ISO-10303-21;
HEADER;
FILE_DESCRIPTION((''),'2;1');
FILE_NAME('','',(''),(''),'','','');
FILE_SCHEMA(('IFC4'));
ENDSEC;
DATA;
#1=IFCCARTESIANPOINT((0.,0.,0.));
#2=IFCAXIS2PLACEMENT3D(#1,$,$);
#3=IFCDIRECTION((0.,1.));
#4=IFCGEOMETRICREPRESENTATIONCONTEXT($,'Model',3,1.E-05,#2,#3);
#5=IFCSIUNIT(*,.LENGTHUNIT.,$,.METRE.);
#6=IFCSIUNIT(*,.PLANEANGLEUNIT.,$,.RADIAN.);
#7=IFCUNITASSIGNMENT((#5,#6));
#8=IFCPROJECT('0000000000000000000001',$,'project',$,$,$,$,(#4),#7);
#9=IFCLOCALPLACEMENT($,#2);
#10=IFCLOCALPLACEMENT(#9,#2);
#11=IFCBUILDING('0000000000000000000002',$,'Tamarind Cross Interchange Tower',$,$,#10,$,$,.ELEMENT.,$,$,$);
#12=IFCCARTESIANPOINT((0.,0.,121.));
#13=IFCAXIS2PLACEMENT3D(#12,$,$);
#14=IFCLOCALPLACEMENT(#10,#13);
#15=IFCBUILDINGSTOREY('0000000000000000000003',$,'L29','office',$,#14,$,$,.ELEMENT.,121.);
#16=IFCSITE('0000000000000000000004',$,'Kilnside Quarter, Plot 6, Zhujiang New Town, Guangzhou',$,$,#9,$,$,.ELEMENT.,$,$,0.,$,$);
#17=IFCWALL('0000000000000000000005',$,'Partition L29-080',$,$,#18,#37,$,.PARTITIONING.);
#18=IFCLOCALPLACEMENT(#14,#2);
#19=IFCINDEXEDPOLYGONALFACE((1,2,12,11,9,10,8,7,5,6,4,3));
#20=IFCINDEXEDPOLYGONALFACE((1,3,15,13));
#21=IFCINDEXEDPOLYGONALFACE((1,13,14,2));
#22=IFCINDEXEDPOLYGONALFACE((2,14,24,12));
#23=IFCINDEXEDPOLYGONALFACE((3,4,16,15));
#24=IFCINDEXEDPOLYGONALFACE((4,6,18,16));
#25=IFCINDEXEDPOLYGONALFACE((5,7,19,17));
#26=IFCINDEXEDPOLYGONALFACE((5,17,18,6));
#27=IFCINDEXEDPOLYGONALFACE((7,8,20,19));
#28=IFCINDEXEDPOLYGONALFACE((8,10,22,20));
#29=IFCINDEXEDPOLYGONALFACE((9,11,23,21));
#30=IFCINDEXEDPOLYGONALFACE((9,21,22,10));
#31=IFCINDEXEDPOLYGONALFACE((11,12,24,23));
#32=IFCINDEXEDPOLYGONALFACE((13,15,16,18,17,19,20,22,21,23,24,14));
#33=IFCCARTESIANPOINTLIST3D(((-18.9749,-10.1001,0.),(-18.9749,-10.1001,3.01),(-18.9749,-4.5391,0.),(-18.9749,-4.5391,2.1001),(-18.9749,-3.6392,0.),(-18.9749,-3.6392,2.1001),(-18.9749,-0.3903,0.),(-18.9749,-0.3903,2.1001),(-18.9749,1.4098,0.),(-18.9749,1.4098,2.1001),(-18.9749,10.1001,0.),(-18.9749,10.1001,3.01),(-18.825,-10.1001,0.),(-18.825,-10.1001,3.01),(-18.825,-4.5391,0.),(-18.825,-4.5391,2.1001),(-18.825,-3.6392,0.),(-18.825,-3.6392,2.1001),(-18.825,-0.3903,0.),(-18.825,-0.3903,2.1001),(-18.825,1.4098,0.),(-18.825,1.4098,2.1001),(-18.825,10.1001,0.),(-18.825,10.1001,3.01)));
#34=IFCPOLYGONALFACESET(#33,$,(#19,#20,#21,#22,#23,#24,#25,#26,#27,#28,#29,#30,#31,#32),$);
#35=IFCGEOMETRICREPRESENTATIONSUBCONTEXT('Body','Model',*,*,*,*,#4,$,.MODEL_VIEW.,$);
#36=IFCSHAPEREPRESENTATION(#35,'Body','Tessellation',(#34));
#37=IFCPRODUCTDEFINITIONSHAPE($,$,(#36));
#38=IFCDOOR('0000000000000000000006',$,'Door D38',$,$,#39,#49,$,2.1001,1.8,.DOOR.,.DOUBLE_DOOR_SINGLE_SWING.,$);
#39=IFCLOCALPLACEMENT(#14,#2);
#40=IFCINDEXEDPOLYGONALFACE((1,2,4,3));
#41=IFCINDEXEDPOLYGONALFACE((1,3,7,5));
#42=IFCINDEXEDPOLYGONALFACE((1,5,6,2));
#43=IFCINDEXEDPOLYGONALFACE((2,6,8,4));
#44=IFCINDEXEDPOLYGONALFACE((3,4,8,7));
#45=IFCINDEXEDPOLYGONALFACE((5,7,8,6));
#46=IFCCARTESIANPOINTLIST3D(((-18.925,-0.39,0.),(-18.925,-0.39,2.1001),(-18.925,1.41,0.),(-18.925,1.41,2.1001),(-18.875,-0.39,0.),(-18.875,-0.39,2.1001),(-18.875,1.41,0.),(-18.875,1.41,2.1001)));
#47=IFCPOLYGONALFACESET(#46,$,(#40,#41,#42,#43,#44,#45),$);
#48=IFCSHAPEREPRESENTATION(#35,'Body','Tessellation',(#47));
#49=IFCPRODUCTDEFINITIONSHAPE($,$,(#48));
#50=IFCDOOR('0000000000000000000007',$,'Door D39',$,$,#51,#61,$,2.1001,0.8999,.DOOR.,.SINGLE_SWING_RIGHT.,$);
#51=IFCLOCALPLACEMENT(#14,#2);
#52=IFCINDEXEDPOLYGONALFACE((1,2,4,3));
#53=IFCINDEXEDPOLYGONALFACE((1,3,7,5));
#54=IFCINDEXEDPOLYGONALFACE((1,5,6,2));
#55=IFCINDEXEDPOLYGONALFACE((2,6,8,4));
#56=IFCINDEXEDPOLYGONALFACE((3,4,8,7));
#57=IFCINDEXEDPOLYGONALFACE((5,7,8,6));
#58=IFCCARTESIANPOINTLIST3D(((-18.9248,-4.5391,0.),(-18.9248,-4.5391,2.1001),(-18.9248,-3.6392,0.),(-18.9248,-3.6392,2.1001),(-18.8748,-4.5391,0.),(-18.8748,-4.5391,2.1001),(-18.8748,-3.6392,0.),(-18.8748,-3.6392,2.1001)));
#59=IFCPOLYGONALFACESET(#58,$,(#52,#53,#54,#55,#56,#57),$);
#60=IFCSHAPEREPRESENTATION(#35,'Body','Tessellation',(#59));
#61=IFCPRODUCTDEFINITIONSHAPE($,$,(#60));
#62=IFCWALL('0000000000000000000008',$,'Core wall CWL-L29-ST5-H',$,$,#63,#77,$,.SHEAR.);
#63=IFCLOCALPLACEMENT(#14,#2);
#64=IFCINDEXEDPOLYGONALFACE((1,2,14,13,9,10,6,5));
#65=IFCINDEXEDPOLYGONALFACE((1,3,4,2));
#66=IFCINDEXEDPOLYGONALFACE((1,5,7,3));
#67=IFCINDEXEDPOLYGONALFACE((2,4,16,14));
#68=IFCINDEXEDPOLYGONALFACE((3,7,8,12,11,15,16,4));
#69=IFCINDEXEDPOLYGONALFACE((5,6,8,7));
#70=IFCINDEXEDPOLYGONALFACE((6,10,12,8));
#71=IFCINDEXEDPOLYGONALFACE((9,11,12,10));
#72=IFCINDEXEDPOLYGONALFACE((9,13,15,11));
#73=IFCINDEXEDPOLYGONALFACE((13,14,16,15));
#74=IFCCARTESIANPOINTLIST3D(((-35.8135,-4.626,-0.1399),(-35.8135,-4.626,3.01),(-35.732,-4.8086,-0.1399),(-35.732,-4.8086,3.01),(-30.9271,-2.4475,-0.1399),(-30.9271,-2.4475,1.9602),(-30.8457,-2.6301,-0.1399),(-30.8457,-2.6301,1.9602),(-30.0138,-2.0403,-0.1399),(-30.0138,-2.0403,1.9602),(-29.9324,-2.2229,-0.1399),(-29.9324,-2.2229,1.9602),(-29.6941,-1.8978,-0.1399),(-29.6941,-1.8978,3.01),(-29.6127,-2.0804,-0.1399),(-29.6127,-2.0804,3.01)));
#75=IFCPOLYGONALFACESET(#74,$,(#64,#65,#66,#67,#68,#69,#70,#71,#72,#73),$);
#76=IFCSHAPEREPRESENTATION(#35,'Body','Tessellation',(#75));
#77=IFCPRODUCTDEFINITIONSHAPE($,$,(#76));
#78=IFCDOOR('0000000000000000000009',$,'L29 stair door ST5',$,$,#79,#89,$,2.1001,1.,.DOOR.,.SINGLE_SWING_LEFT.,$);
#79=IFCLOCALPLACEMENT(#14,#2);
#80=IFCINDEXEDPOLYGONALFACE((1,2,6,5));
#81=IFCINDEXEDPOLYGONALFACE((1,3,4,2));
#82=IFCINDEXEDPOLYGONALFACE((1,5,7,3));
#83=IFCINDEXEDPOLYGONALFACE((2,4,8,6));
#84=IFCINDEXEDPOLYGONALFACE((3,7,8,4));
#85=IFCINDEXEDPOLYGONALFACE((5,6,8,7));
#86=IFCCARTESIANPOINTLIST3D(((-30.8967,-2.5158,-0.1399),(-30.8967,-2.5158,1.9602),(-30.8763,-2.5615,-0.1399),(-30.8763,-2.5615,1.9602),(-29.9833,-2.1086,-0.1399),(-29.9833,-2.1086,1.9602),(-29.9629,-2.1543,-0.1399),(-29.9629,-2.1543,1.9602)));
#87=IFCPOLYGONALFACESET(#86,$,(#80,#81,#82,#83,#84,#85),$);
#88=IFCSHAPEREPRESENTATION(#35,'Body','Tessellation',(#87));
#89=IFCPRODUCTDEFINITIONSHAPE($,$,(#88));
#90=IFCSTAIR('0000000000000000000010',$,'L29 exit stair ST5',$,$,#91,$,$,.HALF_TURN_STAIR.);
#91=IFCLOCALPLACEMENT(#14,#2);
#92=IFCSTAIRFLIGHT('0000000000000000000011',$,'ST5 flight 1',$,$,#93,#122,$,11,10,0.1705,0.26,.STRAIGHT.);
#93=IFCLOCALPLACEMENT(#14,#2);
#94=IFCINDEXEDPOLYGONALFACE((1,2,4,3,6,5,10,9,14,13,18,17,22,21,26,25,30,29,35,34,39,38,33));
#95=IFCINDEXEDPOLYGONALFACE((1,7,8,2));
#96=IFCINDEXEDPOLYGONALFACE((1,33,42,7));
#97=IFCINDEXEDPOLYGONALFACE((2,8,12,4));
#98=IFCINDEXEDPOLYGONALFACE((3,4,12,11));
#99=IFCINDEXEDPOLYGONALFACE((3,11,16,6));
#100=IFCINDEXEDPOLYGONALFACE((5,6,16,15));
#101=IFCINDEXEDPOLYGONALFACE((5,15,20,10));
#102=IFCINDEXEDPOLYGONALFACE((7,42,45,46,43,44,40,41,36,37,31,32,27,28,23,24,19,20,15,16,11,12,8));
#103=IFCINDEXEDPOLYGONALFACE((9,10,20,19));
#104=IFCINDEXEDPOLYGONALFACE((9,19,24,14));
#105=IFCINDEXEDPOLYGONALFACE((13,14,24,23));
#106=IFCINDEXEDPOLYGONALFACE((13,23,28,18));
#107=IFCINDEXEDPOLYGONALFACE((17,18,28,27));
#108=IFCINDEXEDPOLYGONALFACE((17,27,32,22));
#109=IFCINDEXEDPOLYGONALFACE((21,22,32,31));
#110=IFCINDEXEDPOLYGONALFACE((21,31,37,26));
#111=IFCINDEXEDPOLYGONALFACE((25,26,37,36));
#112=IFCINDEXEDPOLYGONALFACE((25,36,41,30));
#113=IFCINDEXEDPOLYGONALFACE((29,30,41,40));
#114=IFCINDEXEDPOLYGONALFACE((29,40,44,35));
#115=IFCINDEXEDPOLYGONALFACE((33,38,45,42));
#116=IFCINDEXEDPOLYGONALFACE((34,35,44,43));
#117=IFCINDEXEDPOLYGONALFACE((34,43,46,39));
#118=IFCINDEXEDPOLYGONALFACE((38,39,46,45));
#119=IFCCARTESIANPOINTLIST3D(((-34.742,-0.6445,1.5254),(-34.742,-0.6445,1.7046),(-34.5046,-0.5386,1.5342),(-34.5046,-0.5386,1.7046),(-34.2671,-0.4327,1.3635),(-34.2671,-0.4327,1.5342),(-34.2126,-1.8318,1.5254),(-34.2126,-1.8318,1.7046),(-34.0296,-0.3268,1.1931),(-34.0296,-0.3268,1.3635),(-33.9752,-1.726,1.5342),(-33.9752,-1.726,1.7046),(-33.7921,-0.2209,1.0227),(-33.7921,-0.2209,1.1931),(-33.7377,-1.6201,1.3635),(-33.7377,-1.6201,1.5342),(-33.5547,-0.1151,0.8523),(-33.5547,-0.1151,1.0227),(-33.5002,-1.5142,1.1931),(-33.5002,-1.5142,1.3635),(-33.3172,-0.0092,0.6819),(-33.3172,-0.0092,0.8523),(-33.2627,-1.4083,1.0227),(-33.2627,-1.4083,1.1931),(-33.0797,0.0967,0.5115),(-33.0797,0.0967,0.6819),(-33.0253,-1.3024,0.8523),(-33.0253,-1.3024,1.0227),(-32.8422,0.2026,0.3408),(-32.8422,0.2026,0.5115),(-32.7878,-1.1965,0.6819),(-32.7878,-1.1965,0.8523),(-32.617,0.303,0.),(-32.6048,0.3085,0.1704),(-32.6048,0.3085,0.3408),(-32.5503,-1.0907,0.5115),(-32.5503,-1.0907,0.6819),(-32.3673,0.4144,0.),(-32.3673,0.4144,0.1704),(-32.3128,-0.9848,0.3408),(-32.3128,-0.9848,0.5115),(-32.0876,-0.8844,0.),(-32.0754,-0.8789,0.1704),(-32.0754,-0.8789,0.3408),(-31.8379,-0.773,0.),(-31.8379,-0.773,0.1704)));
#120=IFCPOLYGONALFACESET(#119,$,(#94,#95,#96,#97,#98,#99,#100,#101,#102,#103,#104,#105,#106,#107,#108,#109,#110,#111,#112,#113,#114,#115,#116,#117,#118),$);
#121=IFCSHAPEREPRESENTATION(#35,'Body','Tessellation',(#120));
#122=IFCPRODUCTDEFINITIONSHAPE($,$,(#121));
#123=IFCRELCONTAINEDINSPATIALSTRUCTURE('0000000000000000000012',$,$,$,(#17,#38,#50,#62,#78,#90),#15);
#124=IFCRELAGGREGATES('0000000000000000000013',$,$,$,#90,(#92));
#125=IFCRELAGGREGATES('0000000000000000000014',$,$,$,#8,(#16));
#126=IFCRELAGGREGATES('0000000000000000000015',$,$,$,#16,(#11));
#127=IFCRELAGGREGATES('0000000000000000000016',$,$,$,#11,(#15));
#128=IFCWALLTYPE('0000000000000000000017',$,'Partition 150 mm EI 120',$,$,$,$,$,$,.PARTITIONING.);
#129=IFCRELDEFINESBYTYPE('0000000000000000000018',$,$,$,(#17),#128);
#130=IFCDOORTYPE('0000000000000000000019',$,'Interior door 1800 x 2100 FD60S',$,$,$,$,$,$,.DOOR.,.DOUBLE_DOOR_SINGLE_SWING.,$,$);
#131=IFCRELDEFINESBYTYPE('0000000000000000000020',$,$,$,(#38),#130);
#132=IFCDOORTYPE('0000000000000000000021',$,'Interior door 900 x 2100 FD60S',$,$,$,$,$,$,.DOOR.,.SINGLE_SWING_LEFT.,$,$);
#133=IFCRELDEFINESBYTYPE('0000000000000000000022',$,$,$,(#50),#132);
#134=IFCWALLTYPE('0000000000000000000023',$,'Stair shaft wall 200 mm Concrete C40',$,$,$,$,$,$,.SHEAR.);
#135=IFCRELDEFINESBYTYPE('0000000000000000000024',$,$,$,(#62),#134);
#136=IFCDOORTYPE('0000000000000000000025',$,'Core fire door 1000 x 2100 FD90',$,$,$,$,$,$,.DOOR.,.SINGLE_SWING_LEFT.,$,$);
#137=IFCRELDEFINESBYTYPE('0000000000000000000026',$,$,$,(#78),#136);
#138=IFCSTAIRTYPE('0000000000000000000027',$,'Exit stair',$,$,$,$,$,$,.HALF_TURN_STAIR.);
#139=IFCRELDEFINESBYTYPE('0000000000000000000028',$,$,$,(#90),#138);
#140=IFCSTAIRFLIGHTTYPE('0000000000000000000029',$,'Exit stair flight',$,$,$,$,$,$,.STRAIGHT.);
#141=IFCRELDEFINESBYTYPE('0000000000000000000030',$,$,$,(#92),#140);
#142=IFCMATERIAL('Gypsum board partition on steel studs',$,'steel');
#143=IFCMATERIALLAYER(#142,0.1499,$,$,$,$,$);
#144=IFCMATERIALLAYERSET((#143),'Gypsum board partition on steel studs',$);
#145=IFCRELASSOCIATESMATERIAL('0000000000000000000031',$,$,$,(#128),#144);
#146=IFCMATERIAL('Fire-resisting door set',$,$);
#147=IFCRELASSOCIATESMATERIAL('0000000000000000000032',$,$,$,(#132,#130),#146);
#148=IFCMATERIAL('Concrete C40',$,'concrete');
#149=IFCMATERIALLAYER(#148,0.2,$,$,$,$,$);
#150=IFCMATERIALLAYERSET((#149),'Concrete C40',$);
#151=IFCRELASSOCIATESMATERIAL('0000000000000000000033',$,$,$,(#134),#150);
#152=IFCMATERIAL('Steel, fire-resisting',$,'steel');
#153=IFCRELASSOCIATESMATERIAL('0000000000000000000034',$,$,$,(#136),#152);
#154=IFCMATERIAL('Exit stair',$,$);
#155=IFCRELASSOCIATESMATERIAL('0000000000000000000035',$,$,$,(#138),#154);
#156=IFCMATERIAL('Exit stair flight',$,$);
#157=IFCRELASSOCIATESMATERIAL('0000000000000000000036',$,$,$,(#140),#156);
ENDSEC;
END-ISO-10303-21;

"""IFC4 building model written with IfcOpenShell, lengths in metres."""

from ifc_helpers import new_model, si_unit, direction, frame, frame_2d, origin, place, context, subcontext, project, spatial, polyline, rectangle, outline, extrude, material, layer, layer_set, type_object, element, fill, aggregate, save


model = new_model("IFC4")

# Units and contexts
model_context = context("Model", 3, precision=1e-05, world=origin(), true_north=direction((0.0, 1.0)))
body_context = subcontext(model_context, "Body", "Model", "MODEL_VIEW")
ifc_project = project(units=[si_unit("LENGTHUNIT", "METRE"), si_unit("PLANEANGLEUNIT", "RADIAN")], contexts=[model_context])

# Site, building, storey
site_placement = place(None, origin())
site = spatial("IfcSite", under=ifc_project, at=site_placement, Name="Kilnside Quarter, Plot 6, Zhujiang New Town, Guangzhou", CompositionType="ELEMENT", RefElevation=0.0)
building_placement = place(site_placement, origin())
building = spatial("IfcBuilding", under=site, at=building_placement, Name="Tamarind Cross Interchange Tower", CompositionType="ELEMENT")
storey_placement = place(building_placement, frame((0.0, 0.0, 121.0)))
storey = spatial("IfcBuildingStorey", under=building, at=storey_placement, Name="L29", Description="office", CompositionType="ELEMENT", Elevation=121.0)

# Shared definitions
ifc_material_1 = material(Name="Gypsum board partition on steel studs", Category="steel")
ifc_layer_1 = layer(ifc_material_1, 0.1499)
ifc_layer_set_1 = layer_set([ifc_layer_1], Name="Gypsum board partition on steel studs")
wall_type_1 = type_object("IfcWallType", Name="Partition 150 mm EI 120", PredefinedType="PARTITIONING", material=ifc_layer_set_1)

# Shared definitions
ifc_material_2 = material(Name="Fire-resisting door set")
door_type_1 = type_object("IfcDoorType", Name="Interior door 900 x 2100 FD60S", OperationType="SINGLE_SWING_LEFT", PredefinedType="DOOR", material=ifc_material_2)

# Wall, openings, doors
wall_1_placement = place(storey_placement, frame((-18.8999, -10.1001, 0.0), z_axis=(0.0, 0.0, 1.0), x_axis=(0.0, 1.0, 0.0)))
wall_1 = element("IfcWall", 1, at=wall_1_placement, inside=storey, type_object=wall_type_1, Name="Partition L29-080", PredefinedType="PARTITIONING", context=body_context, shape_type="SweptSolid", body=[
    extrude(rectangle(XDim=20.2002, YDim=0.1499, at=frame_2d((10.1001, 0.0))), origin(), (0.0, 0.0, 1.0), 3.01),
])
opening_1_placement = place(wall_1_placement, frame((9.71, 0.0, 0.0)))
opening_1 = element("IfcOpeningElement", 2, at=opening_1_placement, cuts=wall_1, PredefinedType="OPENING", context=body_context, shape_type="SweptSolid", body=[
    extrude(rectangle(XDim=1.8, YDim=2.1001, at=frame_2d((0.8999, 1.05))), frame((0.0, 0.085, 0.0), z_axis=(0.0, -1.0, 0.0), x_axis=(1.0, 0.0, 0.0)), (0.0, 0.0, 1.0), 0.1699),
])
opening_2_placement = place(wall_1_placement, frame((5.561, 0.0, 0.0)))
opening_2 = element("IfcOpeningElement", 3, at=opening_2_placement, cuts=wall_1, PredefinedType="OPENING", context=body_context, shape_type="SweptSolid", body=[
    extrude(rectangle(XDim=0.8999, YDim=2.1001, at=frame_2d((0.45, 1.05))), frame((0.0, 0.085, 0.0), z_axis=(0.0, -1.0, 0.0), x_axis=(1.0, 0.0, 0.0)), (0.0, 0.0, 1.0), 0.1699),
])
door_type_2 = type_object("IfcDoorType", Name="Interior door 1800 x 2100 FD60S", OperationType="DOUBLE_DOOR_SINGLE_SWING", PredefinedType="DOOR", material=ifc_material_2)
door_1_placement = place(opening_1_placement, frame((1.8, 0.0, 0.0), z_axis=(0.0, 0.0, 1.0), x_axis=(-1.0, 0.0, 0.0)))
door_1 = element("IfcDoor", 4, at=door_1_placement, inside=storey, type_object=door_type_2, Name="Door D38", OperationType="DOUBLE_DOOR_SINGLE_SWING", OverallHeight=2.1001, OverallWidth=1.8, PredefinedType="DOOR", context=body_context, shape_type="SweptSolid", body=[
    extrude(rectangle(XDim=1.8, YDim=2.1001, at=frame_2d((0.8999, 1.05))), frame((0.0, 0.0249, 0.0), z_axis=(0.0, -1.0, 0.0), x_axis=(1.0, 0.0, 0.0)), (0.0, 0.0, 1.0), 0.05),
])
fill(opening_1, door_1)
door_2_placement = place(opening_2_placement, origin())
door_2 = element("IfcDoor", 5, at=door_2_placement, inside=storey, type_object=door_type_1, Name="Door D39", OperationType="SINGLE_SWING_RIGHT", OverallHeight=2.1001, OverallWidth=0.8999, PredefinedType="DOOR", context=body_context, shape_type="SweptSolid", body=[
    extrude(rectangle(XDim=0.8999, YDim=2.1001, at=frame_2d((0.45, 1.05))), frame((0.0, 0.0249, 0.0), z_axis=(0.0, -1.0, 0.0), x_axis=(1.0, 0.0, 0.0)), (0.0, 0.0, 1.0), 0.05),
])
fill(opening_2, door_2)

# Wall, opening, door
ifc_material_3 = material(Name="Concrete C40", Category="concrete")
ifc_layer_2 = layer(ifc_material_3, 0.2)
ifc_layer_set_2 = layer_set([ifc_layer_2], Name="Concrete C40")
wall_type_2 = type_object("IfcWallType", Name="Stair shaft wall 200 mm Concrete C40", PredefinedType="SHEAR", material=ifc_layer_set_2)
wall_2_placement = place(storey_placement, frame((-29.6533, -1.989, -0.1399), z_axis=(0.0, 0.0, 1.0), x_axis=(-0.913338, -0.407203, 0.0)))
wall_2 = element("IfcWall", 6, at=wall_2_placement, inside=storey, type_object=wall_type_2, Name="Core wall CWL-L29-ST5-H", PredefinedType="SHEAR", context=body_context, shape_type="SweptSolid", body=[
    extrude(rectangle(XDim=6.7, YDim=0.2, at=frame_2d((3.3501, 0.0))), origin(), (0.0, 0.0, 1.0), 3.1499),
])
opening_3_placement = place(wall_2_placement, frame((0.3501, 0.0, 0.0)))
opening_3 = element("IfcOpeningElement", 7, at=opening_3_placement, cuts=wall_2, PredefinedType="OPENING", context=body_context, shape_type="SweptSolid", body=[
    extrude(rectangle(XDim=1.0, YDim=2.1001, at=frame_2d((0.5, 1.05))), frame((0.0, 0.1099, 0.0), z_axis=(0.0, -1.0, 0.0), x_axis=(1.0, 0.0, 0.0)), (0.0, 0.0, 1.0), 0.22),
])
ifc_material_4 = material(Name="Steel, fire-resisting", Category="steel")
door_type_3 = type_object("IfcDoorType", Name="Core fire door 1000 x 2100 FD90", OperationType="SINGLE_SWING_LEFT", PredefinedType="DOOR", material=ifc_material_4)
door_3_placement = place(opening_3_placement, origin())
door_3 = element("IfcDoor", 8, at=door_3_placement, inside=storey, type_object=door_type_3, Name="L29 stair door ST5", OperationType="SINGLE_SWING_LEFT", OverallHeight=2.1001, OverallWidth=1.0, PredefinedType="DOOR", context=body_context, shape_type="SweptSolid", body=[
    extrude(rectangle(XDim=1.0, YDim=2.1001, at=frame_2d((0.5, 1.05))), frame((0.0, 0.0249, 0.0), z_axis=(0.0, -1.0, 0.0), x_axis=(1.0, 0.0, 0.0)), (0.0, 0.0, 1.0), 0.05),
])
fill(opening_3, door_3)

# Stair, stair flight
ifc_material_5 = material(Name="Exit stair")
stair_type = type_object("IfcStairType", Name="Exit stair", PredefinedType="HALF_TURN_STAIR", material=ifc_material_5)
stair_placement = place(storey_placement, origin())
stair = element("IfcStair", 9, at=stair_placement, inside=storey, type_object=stair_type, Name="L29 exit stair ST5", PredefinedType="HALF_TURN_STAIR")
ifc_material_6 = material(Name="Exit stair flight")
stair_flight_type = type_object("IfcStairFlightType", Name="Exit stair flight", PredefinedType="STRAIGHT", material=ifc_material_6)
stair_flight_placement = place(storey_placement, frame((-32.1025, -0.1794, 0.0), z_axis=(0.0, 0.0, 1.0), x_axis=(-0.91333, -0.407221, 0.0)))
stair_flight = element("IfcStairFlight", 10, at=stair_flight_placement, type_object=stair_flight_type, Name="ST5 flight 1", NumberOfRisers=11, NumberOfTreads=10, PredefinedType="STRAIGHT", RiserHeight=0.1705, TreadLength=0.26, context=body_context, shape_type="SweptSolid", body=[
    extrude(outline(polyline([(0.0, 0.0), (0.0, 0.1704), (0.26, 0.1704), (0.26, 0.3408), (0.52, 0.3408), (0.52, 0.5115), (0.78, 0.5115), (0.78, 0.6819), (1.04, 0.6819), (1.04, 0.8523), (1.3, 0.8523), (1.3, 1.0227), (1.5601, 1.0227), (1.5601, 1.1931), (1.8201, 1.1931), (1.8201, 1.3635), (2.0801, 1.3635), (2.0801, 1.5342), (2.3401, 1.5342), (2.3401, 1.7046), (2.6001, 1.7046), (2.6001, 1.875), (2.6001, 1.5254), (0.2734, 0.0), (0.0, 0.0)])), frame((0.0, 0.6499, 0.0), z_axis=(0.0, -1.0, 0.0), x_axis=(1.0, 0.0, 0.0)), (0.0, 0.0, 1.0), 1.3),
])
aggregate(stair, [stair_flight])

save(model, "model.ifc")
